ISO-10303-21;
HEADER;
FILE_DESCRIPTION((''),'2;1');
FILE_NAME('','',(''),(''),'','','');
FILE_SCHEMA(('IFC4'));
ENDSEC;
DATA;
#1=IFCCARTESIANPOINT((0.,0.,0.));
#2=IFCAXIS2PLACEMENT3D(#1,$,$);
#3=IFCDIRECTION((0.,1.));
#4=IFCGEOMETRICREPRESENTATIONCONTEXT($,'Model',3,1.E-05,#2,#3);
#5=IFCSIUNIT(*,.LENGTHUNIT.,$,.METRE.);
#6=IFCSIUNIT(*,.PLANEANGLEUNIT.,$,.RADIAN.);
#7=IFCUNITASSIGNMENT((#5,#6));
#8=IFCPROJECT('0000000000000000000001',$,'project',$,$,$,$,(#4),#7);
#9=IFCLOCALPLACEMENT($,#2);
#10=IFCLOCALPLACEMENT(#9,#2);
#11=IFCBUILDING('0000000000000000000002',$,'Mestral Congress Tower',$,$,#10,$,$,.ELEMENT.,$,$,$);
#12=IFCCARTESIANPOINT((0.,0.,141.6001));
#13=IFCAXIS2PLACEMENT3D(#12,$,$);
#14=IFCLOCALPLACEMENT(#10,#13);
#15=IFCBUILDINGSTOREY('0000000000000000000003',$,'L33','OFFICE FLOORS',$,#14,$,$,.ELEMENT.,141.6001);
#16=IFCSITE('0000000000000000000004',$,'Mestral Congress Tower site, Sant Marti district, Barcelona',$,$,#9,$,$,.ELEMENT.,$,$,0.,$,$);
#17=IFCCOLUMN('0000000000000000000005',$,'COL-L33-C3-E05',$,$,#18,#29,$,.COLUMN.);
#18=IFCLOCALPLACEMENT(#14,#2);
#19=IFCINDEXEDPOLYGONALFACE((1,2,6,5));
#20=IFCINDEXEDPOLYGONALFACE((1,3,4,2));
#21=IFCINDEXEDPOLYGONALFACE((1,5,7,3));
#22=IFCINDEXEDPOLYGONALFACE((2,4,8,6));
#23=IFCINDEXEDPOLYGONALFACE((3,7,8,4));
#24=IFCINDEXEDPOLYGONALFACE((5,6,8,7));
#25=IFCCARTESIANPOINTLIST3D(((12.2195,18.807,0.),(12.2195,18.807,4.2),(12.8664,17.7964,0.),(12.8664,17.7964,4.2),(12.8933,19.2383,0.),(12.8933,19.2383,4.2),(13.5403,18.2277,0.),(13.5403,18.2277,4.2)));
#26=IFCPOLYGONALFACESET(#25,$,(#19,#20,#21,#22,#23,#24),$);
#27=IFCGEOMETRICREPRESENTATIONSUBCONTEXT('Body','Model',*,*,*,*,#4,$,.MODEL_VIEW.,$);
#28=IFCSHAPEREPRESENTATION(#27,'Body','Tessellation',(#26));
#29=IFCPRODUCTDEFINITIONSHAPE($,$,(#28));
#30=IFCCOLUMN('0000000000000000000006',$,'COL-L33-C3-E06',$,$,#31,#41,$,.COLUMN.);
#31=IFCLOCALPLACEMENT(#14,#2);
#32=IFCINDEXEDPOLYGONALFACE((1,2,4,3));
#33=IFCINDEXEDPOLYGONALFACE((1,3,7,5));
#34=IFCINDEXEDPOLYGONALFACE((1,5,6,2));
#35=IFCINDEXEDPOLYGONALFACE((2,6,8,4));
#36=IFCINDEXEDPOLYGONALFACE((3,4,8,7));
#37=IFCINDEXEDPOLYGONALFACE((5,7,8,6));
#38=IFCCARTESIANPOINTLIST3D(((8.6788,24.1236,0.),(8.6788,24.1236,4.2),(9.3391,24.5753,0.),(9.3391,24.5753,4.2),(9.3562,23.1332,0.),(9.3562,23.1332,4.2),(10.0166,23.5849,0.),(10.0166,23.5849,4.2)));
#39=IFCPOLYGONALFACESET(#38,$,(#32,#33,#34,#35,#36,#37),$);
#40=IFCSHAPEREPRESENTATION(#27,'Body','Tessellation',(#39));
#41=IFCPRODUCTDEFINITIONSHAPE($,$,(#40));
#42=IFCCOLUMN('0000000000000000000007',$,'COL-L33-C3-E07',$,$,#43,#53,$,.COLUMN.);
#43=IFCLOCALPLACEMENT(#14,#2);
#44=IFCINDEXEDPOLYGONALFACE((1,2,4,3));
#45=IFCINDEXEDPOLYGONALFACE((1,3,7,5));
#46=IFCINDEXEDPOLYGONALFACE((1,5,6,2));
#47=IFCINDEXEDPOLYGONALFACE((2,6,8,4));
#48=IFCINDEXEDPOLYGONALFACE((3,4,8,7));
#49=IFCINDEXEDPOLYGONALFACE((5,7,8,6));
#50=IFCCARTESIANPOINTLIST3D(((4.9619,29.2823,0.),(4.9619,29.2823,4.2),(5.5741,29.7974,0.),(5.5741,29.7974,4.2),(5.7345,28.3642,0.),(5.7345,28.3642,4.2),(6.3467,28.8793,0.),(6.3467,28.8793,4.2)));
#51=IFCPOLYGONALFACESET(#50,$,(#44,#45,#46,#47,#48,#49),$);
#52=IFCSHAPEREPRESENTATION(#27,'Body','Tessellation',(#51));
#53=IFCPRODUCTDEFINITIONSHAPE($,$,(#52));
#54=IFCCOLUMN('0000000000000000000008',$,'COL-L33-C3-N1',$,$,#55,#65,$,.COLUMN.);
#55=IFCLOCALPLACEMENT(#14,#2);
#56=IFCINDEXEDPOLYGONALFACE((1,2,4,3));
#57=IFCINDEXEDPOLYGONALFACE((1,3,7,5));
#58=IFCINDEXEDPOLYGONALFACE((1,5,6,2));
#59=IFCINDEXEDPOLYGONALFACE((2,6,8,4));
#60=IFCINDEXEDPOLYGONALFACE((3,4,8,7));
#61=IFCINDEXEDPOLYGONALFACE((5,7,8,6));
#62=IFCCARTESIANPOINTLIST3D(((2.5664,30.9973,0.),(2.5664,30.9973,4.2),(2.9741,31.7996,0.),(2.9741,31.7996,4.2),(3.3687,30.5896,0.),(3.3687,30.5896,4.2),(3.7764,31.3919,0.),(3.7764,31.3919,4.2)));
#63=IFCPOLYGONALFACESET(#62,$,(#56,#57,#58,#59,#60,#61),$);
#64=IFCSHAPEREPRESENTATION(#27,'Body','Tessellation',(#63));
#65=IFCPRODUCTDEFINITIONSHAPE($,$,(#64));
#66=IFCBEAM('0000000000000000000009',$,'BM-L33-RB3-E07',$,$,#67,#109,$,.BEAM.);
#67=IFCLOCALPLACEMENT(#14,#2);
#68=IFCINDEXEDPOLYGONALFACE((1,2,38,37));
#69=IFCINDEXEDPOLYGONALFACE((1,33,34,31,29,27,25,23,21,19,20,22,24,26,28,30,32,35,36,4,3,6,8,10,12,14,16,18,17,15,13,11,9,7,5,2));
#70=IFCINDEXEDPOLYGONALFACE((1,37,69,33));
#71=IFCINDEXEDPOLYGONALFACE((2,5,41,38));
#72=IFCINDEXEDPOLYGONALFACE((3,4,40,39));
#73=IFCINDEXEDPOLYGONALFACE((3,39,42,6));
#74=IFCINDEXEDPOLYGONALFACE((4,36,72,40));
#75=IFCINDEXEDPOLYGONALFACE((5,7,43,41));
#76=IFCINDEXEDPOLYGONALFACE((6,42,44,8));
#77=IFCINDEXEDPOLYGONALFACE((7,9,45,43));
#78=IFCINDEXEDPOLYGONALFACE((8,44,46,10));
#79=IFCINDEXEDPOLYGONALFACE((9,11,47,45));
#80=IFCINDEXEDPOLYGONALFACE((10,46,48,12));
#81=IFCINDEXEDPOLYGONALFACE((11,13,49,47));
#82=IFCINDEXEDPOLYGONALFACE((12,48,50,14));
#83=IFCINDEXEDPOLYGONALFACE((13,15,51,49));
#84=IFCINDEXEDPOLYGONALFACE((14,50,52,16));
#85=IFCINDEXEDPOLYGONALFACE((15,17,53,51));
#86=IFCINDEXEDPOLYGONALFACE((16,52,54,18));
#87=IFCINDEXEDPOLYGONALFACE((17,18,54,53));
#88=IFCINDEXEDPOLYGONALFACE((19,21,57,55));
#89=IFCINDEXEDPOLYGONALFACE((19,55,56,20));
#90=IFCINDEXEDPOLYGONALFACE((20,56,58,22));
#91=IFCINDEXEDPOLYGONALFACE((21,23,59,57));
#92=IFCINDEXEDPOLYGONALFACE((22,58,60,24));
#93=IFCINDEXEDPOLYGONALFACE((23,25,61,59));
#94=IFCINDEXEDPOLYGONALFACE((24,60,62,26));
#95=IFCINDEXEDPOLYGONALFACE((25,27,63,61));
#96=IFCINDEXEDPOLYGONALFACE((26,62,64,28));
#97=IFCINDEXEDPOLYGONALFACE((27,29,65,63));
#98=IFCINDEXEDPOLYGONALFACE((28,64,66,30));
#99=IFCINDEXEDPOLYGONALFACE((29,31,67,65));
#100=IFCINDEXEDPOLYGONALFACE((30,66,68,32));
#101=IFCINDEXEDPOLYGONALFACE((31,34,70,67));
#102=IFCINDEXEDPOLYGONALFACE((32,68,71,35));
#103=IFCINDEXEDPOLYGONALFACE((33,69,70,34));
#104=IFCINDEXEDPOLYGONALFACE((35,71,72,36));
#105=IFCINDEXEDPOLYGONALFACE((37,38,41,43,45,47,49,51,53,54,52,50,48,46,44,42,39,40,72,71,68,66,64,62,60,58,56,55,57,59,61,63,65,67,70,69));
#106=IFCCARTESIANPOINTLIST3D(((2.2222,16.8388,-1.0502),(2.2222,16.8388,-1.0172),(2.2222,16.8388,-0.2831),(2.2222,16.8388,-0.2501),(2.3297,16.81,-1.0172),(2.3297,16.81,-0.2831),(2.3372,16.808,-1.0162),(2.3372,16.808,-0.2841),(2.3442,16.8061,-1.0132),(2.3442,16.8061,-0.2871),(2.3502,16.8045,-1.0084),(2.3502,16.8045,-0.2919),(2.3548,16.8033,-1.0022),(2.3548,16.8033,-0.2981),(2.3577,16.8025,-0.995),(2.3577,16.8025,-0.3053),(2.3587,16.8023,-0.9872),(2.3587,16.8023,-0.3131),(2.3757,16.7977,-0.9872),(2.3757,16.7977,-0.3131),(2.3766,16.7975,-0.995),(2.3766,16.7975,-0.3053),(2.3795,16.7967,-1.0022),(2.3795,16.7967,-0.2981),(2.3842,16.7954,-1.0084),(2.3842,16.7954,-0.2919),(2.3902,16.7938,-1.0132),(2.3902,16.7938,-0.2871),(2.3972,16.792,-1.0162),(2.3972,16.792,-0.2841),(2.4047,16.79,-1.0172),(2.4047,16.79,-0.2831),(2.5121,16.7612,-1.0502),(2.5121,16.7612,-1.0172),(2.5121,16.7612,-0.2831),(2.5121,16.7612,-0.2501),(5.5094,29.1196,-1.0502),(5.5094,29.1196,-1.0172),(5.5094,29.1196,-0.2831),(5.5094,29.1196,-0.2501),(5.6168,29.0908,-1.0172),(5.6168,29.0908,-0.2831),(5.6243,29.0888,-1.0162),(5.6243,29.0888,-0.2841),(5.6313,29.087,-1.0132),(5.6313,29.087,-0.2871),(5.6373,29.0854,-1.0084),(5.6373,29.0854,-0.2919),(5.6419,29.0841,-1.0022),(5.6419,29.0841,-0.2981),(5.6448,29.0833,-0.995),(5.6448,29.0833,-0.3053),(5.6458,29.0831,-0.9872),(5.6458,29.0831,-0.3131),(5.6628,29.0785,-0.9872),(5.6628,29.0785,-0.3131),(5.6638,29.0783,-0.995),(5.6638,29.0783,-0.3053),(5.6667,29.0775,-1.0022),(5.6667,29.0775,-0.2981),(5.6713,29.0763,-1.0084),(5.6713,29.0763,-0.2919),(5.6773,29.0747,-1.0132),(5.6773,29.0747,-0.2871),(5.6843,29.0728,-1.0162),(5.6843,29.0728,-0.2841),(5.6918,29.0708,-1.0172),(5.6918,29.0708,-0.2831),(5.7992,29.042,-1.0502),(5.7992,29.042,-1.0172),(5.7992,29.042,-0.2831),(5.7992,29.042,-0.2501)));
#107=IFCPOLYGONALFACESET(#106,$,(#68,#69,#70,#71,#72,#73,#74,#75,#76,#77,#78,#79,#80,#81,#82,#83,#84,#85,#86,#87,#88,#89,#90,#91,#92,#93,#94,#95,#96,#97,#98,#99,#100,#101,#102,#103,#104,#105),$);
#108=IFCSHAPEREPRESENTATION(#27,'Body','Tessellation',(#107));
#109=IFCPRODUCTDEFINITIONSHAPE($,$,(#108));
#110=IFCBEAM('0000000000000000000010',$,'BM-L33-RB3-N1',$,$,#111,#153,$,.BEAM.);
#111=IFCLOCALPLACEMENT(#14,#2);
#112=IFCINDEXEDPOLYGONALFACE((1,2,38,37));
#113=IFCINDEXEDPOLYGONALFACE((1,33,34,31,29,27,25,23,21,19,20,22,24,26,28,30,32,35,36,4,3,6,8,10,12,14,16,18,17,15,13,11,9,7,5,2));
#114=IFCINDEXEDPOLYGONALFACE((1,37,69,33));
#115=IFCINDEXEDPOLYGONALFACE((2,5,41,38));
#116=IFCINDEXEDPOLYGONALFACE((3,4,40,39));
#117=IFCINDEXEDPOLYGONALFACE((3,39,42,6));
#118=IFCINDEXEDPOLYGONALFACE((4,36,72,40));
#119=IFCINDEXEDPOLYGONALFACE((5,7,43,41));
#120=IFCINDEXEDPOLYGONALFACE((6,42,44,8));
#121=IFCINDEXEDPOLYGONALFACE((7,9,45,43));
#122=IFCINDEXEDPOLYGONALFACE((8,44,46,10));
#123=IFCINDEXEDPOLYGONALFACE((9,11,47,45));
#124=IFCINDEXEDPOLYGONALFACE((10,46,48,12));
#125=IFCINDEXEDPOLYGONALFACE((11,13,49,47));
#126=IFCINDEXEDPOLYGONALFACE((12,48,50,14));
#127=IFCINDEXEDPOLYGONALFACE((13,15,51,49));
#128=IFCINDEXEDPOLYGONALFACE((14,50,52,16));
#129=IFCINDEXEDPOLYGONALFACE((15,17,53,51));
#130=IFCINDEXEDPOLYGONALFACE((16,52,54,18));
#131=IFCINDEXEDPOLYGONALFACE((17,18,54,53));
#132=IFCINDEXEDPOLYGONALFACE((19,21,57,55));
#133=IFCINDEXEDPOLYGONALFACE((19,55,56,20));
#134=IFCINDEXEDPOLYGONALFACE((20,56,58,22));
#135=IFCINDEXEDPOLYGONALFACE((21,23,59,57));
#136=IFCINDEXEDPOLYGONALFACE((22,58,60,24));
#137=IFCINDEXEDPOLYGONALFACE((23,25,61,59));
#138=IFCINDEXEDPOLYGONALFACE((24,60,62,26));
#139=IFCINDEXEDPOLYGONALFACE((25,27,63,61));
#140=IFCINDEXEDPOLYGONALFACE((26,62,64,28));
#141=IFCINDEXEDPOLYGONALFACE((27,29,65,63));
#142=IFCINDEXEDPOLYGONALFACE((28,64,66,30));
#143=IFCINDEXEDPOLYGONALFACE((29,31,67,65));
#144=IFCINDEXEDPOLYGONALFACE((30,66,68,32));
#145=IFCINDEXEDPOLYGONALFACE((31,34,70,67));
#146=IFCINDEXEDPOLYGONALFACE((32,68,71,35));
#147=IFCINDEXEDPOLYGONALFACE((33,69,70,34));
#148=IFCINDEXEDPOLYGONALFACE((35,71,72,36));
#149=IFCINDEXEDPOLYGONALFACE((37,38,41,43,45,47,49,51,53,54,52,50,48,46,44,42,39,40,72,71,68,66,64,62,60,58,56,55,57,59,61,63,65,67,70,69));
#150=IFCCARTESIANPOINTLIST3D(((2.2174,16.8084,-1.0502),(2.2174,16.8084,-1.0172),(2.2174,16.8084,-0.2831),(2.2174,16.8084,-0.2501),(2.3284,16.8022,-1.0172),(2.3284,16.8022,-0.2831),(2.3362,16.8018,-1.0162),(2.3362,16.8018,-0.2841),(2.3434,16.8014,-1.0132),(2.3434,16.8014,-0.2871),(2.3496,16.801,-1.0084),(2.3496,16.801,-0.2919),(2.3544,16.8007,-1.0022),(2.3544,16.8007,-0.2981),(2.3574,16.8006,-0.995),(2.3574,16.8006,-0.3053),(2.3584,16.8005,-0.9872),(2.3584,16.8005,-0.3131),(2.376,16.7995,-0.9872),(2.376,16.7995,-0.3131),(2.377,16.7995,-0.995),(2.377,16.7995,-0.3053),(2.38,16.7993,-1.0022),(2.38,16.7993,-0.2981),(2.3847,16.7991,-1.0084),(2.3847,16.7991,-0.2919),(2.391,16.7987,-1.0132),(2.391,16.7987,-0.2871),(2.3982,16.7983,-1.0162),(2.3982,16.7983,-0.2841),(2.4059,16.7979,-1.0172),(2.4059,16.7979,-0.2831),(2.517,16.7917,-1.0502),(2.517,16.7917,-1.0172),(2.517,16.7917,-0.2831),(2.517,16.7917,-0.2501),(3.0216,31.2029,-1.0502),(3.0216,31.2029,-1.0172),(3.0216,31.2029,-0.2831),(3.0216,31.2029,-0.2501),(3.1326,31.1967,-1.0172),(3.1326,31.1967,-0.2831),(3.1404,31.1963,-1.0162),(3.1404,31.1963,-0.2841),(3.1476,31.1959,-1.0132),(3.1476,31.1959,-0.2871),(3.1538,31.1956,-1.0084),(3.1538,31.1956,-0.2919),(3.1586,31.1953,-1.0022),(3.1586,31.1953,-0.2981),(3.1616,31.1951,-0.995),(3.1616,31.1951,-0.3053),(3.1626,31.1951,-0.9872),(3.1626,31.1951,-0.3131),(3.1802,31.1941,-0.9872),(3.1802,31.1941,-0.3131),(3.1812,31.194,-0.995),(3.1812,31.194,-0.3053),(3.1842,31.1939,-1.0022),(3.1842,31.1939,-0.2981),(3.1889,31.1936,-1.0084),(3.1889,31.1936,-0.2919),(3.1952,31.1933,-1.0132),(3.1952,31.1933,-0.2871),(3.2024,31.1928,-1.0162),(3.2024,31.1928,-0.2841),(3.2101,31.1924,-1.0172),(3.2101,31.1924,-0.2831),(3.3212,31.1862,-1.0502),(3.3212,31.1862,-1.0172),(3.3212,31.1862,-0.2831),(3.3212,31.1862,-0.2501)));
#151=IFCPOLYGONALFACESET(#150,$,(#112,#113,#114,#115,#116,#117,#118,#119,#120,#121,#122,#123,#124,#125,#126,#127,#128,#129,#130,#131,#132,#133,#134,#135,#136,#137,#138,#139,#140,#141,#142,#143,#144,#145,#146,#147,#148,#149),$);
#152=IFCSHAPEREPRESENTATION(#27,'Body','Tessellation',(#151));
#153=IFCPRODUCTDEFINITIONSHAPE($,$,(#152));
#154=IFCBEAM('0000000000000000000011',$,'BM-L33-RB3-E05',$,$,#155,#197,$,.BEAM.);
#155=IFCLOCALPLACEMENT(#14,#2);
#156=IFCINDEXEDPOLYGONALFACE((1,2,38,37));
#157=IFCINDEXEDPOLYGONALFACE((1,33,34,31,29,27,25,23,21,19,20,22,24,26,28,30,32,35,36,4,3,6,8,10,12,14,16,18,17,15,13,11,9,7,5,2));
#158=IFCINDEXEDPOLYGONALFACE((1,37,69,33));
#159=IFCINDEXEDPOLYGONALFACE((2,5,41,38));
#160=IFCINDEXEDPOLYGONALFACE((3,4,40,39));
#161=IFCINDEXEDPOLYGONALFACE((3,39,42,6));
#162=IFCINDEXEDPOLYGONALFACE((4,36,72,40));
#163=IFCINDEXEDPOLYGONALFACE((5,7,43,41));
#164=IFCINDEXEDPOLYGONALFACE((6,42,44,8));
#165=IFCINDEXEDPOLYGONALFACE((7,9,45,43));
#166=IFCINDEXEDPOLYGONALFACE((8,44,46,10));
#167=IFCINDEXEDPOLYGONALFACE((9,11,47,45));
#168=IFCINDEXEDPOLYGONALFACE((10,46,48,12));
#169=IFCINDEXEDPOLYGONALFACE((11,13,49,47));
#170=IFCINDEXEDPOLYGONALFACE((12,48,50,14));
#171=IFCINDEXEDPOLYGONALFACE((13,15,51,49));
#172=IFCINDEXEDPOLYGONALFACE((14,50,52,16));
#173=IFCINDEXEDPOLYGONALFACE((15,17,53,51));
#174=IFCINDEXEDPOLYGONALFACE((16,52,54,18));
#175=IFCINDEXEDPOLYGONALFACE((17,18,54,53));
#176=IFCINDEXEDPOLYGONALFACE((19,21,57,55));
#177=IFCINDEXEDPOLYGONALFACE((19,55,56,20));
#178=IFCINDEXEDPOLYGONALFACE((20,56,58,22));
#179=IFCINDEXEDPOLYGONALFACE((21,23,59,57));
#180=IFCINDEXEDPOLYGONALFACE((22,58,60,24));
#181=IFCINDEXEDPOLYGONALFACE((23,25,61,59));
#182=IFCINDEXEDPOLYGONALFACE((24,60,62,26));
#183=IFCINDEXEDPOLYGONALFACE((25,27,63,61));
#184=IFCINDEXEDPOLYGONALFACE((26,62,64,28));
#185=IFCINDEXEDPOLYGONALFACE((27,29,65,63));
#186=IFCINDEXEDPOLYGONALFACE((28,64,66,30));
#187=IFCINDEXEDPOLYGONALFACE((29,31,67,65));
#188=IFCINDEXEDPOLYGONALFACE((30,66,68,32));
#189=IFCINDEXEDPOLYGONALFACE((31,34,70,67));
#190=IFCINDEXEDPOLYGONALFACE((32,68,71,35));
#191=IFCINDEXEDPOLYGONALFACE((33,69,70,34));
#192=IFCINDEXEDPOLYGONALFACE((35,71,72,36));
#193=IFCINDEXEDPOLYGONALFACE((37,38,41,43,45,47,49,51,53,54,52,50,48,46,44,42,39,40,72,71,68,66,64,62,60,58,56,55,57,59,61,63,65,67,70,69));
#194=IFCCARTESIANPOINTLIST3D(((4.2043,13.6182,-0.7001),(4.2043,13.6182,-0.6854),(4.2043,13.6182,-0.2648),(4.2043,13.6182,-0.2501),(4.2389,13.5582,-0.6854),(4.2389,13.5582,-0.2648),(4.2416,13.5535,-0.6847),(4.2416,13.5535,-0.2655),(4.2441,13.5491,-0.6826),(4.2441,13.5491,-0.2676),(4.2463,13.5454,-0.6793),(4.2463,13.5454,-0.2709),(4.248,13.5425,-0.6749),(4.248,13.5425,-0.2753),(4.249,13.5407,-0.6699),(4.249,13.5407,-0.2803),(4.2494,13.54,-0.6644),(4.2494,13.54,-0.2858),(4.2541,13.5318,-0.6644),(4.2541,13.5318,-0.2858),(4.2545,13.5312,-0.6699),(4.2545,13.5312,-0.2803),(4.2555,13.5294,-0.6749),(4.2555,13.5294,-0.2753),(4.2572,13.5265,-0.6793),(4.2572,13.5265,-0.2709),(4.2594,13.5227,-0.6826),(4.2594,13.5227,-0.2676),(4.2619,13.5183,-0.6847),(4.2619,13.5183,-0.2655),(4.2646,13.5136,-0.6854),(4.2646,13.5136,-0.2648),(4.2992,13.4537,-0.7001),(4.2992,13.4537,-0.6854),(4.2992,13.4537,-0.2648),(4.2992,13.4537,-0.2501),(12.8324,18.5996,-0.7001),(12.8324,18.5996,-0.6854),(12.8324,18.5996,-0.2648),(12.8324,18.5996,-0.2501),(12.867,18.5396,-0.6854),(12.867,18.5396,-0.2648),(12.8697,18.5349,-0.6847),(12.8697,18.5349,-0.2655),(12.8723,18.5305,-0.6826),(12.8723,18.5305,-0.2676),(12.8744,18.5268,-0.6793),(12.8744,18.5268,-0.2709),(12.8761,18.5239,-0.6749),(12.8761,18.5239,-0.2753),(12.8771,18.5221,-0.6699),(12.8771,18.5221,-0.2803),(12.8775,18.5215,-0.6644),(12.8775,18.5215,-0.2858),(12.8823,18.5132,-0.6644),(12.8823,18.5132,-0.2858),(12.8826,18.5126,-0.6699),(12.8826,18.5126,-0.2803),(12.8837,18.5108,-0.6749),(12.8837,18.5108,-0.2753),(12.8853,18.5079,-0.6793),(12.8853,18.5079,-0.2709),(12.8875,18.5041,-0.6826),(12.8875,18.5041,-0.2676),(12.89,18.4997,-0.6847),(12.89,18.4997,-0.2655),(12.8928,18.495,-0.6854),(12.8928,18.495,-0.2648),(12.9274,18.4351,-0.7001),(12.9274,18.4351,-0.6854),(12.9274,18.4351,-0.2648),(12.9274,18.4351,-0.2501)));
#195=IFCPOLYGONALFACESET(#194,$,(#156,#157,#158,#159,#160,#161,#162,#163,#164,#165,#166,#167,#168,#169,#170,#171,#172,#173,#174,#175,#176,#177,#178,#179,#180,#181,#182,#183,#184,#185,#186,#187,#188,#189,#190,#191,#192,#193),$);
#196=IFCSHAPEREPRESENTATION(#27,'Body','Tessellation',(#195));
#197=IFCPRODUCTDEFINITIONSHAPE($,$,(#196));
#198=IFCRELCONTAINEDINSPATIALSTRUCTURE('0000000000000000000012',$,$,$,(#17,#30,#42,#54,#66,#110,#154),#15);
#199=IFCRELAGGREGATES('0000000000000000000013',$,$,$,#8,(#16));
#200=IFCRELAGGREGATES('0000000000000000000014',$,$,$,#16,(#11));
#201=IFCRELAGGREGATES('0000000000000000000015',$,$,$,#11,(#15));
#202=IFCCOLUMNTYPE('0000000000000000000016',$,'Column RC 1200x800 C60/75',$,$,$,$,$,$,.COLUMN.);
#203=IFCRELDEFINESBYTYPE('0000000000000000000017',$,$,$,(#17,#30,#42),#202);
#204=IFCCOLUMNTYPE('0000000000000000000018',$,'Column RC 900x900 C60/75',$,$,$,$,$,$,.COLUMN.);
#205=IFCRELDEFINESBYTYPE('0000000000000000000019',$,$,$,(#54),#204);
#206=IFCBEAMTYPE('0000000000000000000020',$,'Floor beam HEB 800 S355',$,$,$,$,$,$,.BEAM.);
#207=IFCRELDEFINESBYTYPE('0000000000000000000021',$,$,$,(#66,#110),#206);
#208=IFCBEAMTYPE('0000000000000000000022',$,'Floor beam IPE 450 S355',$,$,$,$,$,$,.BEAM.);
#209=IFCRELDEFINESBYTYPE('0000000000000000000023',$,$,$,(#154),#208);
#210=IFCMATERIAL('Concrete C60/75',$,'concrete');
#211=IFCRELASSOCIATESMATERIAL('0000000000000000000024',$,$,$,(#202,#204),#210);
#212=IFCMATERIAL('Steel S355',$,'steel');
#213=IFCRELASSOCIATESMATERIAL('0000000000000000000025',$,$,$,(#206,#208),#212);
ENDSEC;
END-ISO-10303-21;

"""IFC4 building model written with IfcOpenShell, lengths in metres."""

from ifc_helpers import new_model, si_unit, direction, frame, origin, origin_2d, place, context, subcontext, project, spatial, rectangle, i_section, extrude, material, material_profile, profile_set, type_object, element, save


model = new_model("IFC4")

# Units and contexts
model_context = context("Model", 3, precision=1e-05, world=origin(), true_north=direction((0.0, 1.0)))
body_context = subcontext(model_context, "Body", "Model", "MODEL_VIEW")
ifc_project = project(units=[si_unit("LENGTHUNIT", "METRE"), si_unit("PLANEANGLEUNIT", "RADIAN")], contexts=[model_context])

# Site, building, storey
site_placement = place(None, origin())
site = spatial("IfcSite", under=ifc_project, at=site_placement, Name="Mestral Congress Tower site, Sant Marti district, Barcelona", CompositionType="ELEMENT", RefElevation=0.0)
building_placement = place(site_placement, origin())
building = spatial("IfcBuilding", under=site, at=building_placement, Name="Mestral Congress Tower", CompositionType="ELEMENT")
storey_placement = place(building_placement, frame((0.0, 0.0, 141.6001)))
storey = spatial("IfcBuildingStorey", under=building, at=storey_placement, Name="L33", Description="OFFICE FLOORS", CompositionType="ELEMENT", Elevation=141.6001)

# Columns
ifc_material_1 = material(Name="Concrete C60/75", Category="concrete")
ifc_material_profile_1 = material_profile(ifc_material_1, rectangle(XDim=1.2, YDim=0.8, at=origin_2d()), Name="RC 1200x800")
ifc_profile_set_1 = profile_set([ifc_material_profile_1], Name="Concrete C60/75")
column_type_1 = type_object("IfcColumnType", Name="Column RC 1200x800 C60/75", PredefinedType="COLUMN", material=ifc_profile_set_1)
for number, where, z_axis, x_axis, name in (
    (1, (12.8799, 18.5173, 0.0), (0.0, 0.0, 1.0), (-0.539115, 0.842232, 0.0), "COL-L33-C3-E05"),
    (2, (9.3477, 23.8542, 0.0), (0.0, 0.0, 1.0), (-0.564568, 0.825387, 0.0), "COL-L33-C3-E06"),
    (3, (5.6543, 29.0808, 0.0), (0.0, 0.0, 1.0), (-0.643827, 0.765171, 0.0), "COL-L33-C3-E07"),
):
    element("IfcColumn", number, at=place(storey_placement, frame(where, z_axis=z_axis, x_axis=x_axis)), inside=storey, type_object=column_type_1, Name=name, PredefinedType="COLUMN", context=body_context, shape_type="SweptSolid", body=[
        extrude(rectangle(XDim=1.2, YDim=0.8, at=origin_2d()), origin(), (0.0, 0.0, 1.0), 4.2),
    ])
ifc_material_profile_2 = material_profile(ifc_material_1, rectangle(XDim=0.8999, YDim=0.8999, at=origin_2d()), Name="RC 900x900")
ifc_profile_set_2 = profile_set([ifc_material_profile_2], Name="Concrete C60/75")
column_type_2 = type_object("IfcColumnType", Name="Column RC 900x900 C60/75", PredefinedType="COLUMN", material=ifc_profile_set_2)
column_placement = place(storey_placement, frame((3.1714, 31.1946, 0.0), z_axis=(0.0, 0.0, 1.0), x_axis=(-0.891486, 0.453048, 0.0)))
element("IfcColumn", 4, at=column_placement, inside=storey, type_object=column_type_2, Name="COL-L33-C3-N1", PredefinedType="COLUMN", context=body_context, shape_type="SweptSolid", body=[
    extrude(rectangle(XDim=0.8999, YDim=0.8999, at=origin_2d()), origin(), (0.0, 0.0, 1.0), 4.2),
])

# Beams
ifc_material_2 = material(Name="Steel S355", Category="steel")
ifc_material_profile_3 = material_profile(ifc_material_2, i_section(OverallWidth=0.3, OverallDepth=0.8, WebThickness=0.0176, FlangeThickness=0.033, FilletRadius=0.03, at=origin_2d()), Name="HEB 800")
ifc_profile_set_3 = profile_set([ifc_material_profile_3], Name="Steel S355")
beam_type_1 = type_object("IfcBeamType", Name="Floor beam HEB 800 S355", PredefinedType="BEAM", material=ifc_profile_set_3)
beam_1_placement = place(storey_placement, frame((5.6543, 29.0808, -0.6501), z_axis=(-0.258561, -0.965995, 0.0), x_axis=(0.965995, -0.258561, 0.0)))
element("IfcBeam", 5, at=beam_1_placement, inside=storey, type_object=beam_type_1, Name="BM-L33-RB3-E07", PredefinedType="BEAM", context=body_context, shape_type="SweptSolid", body=[
    extrude(i_section(OverallWidth=0.3, OverallDepth=0.8, WebThickness=0.0176, FlangeThickness=0.033, FilletRadius=0.03, at=origin_2d()), origin(), (0.0, 0.0, 1.0), 12.7131),
])
beam_2_placement = place(storey_placement, frame((3.1714, 31.1946, -0.6501), z_axis=(-0.055781, -0.998443, 0.0), x_axis=(0.998443, -0.055781, 0.0)))
element("IfcBeam", 6, at=beam_2_placement, inside=storey, type_object=beam_type_1, Name="BM-L33-RB3-N1", PredefinedType="BEAM", context=body_context, shape_type="SweptSolid", body=[
    extrude(i_section(OverallWidth=0.3, OverallDepth=0.8, WebThickness=0.0176, FlangeThickness=0.033, FilletRadius=0.03, at=origin_2d()), origin(), (0.0, 0.0, 1.0), 14.417),
])
ifc_material_profile_4 = material_profile(ifc_material_2, i_section(OverallWidth=0.1899, OverallDepth=0.45, WebThickness=0.0095, FlangeThickness=0.0146, FilletRadius=0.021, at=origin_2d()), Name="IPE 450")
ifc_profile_set_4 = profile_set([ifc_material_profile_4], Name="Steel S355")
beam_type_2 = type_object("IfcBeamType", Name="Floor beam IPE 450 S355", PredefinedType="BEAM", material=ifc_profile_set_4)
beam_3_placement = place(storey_placement, frame((12.8799, 18.5173, -0.4751), z_axis=(-0.866027, -0.499998, 0.0), x_axis=(0.499998, -0.866027, 0.0)))
element("IfcBeam", 7, at=beam_3_placement, inside=storey, type_object=beam_type_2, Name="BM-L33-RB3-E05", PredefinedType="BEAM", context=body_context, shape_type="SweptSolid", body=[
    extrude(i_section(OverallWidth=0.1899, OverallDepth=0.45, WebThickness=0.0095, FlangeThickness=0.0146, FilletRadius=0.021, at=origin_2d()), origin(), (0.0, 0.0, 1.0), 9.9629),
])

save(model, "model.ifc")
